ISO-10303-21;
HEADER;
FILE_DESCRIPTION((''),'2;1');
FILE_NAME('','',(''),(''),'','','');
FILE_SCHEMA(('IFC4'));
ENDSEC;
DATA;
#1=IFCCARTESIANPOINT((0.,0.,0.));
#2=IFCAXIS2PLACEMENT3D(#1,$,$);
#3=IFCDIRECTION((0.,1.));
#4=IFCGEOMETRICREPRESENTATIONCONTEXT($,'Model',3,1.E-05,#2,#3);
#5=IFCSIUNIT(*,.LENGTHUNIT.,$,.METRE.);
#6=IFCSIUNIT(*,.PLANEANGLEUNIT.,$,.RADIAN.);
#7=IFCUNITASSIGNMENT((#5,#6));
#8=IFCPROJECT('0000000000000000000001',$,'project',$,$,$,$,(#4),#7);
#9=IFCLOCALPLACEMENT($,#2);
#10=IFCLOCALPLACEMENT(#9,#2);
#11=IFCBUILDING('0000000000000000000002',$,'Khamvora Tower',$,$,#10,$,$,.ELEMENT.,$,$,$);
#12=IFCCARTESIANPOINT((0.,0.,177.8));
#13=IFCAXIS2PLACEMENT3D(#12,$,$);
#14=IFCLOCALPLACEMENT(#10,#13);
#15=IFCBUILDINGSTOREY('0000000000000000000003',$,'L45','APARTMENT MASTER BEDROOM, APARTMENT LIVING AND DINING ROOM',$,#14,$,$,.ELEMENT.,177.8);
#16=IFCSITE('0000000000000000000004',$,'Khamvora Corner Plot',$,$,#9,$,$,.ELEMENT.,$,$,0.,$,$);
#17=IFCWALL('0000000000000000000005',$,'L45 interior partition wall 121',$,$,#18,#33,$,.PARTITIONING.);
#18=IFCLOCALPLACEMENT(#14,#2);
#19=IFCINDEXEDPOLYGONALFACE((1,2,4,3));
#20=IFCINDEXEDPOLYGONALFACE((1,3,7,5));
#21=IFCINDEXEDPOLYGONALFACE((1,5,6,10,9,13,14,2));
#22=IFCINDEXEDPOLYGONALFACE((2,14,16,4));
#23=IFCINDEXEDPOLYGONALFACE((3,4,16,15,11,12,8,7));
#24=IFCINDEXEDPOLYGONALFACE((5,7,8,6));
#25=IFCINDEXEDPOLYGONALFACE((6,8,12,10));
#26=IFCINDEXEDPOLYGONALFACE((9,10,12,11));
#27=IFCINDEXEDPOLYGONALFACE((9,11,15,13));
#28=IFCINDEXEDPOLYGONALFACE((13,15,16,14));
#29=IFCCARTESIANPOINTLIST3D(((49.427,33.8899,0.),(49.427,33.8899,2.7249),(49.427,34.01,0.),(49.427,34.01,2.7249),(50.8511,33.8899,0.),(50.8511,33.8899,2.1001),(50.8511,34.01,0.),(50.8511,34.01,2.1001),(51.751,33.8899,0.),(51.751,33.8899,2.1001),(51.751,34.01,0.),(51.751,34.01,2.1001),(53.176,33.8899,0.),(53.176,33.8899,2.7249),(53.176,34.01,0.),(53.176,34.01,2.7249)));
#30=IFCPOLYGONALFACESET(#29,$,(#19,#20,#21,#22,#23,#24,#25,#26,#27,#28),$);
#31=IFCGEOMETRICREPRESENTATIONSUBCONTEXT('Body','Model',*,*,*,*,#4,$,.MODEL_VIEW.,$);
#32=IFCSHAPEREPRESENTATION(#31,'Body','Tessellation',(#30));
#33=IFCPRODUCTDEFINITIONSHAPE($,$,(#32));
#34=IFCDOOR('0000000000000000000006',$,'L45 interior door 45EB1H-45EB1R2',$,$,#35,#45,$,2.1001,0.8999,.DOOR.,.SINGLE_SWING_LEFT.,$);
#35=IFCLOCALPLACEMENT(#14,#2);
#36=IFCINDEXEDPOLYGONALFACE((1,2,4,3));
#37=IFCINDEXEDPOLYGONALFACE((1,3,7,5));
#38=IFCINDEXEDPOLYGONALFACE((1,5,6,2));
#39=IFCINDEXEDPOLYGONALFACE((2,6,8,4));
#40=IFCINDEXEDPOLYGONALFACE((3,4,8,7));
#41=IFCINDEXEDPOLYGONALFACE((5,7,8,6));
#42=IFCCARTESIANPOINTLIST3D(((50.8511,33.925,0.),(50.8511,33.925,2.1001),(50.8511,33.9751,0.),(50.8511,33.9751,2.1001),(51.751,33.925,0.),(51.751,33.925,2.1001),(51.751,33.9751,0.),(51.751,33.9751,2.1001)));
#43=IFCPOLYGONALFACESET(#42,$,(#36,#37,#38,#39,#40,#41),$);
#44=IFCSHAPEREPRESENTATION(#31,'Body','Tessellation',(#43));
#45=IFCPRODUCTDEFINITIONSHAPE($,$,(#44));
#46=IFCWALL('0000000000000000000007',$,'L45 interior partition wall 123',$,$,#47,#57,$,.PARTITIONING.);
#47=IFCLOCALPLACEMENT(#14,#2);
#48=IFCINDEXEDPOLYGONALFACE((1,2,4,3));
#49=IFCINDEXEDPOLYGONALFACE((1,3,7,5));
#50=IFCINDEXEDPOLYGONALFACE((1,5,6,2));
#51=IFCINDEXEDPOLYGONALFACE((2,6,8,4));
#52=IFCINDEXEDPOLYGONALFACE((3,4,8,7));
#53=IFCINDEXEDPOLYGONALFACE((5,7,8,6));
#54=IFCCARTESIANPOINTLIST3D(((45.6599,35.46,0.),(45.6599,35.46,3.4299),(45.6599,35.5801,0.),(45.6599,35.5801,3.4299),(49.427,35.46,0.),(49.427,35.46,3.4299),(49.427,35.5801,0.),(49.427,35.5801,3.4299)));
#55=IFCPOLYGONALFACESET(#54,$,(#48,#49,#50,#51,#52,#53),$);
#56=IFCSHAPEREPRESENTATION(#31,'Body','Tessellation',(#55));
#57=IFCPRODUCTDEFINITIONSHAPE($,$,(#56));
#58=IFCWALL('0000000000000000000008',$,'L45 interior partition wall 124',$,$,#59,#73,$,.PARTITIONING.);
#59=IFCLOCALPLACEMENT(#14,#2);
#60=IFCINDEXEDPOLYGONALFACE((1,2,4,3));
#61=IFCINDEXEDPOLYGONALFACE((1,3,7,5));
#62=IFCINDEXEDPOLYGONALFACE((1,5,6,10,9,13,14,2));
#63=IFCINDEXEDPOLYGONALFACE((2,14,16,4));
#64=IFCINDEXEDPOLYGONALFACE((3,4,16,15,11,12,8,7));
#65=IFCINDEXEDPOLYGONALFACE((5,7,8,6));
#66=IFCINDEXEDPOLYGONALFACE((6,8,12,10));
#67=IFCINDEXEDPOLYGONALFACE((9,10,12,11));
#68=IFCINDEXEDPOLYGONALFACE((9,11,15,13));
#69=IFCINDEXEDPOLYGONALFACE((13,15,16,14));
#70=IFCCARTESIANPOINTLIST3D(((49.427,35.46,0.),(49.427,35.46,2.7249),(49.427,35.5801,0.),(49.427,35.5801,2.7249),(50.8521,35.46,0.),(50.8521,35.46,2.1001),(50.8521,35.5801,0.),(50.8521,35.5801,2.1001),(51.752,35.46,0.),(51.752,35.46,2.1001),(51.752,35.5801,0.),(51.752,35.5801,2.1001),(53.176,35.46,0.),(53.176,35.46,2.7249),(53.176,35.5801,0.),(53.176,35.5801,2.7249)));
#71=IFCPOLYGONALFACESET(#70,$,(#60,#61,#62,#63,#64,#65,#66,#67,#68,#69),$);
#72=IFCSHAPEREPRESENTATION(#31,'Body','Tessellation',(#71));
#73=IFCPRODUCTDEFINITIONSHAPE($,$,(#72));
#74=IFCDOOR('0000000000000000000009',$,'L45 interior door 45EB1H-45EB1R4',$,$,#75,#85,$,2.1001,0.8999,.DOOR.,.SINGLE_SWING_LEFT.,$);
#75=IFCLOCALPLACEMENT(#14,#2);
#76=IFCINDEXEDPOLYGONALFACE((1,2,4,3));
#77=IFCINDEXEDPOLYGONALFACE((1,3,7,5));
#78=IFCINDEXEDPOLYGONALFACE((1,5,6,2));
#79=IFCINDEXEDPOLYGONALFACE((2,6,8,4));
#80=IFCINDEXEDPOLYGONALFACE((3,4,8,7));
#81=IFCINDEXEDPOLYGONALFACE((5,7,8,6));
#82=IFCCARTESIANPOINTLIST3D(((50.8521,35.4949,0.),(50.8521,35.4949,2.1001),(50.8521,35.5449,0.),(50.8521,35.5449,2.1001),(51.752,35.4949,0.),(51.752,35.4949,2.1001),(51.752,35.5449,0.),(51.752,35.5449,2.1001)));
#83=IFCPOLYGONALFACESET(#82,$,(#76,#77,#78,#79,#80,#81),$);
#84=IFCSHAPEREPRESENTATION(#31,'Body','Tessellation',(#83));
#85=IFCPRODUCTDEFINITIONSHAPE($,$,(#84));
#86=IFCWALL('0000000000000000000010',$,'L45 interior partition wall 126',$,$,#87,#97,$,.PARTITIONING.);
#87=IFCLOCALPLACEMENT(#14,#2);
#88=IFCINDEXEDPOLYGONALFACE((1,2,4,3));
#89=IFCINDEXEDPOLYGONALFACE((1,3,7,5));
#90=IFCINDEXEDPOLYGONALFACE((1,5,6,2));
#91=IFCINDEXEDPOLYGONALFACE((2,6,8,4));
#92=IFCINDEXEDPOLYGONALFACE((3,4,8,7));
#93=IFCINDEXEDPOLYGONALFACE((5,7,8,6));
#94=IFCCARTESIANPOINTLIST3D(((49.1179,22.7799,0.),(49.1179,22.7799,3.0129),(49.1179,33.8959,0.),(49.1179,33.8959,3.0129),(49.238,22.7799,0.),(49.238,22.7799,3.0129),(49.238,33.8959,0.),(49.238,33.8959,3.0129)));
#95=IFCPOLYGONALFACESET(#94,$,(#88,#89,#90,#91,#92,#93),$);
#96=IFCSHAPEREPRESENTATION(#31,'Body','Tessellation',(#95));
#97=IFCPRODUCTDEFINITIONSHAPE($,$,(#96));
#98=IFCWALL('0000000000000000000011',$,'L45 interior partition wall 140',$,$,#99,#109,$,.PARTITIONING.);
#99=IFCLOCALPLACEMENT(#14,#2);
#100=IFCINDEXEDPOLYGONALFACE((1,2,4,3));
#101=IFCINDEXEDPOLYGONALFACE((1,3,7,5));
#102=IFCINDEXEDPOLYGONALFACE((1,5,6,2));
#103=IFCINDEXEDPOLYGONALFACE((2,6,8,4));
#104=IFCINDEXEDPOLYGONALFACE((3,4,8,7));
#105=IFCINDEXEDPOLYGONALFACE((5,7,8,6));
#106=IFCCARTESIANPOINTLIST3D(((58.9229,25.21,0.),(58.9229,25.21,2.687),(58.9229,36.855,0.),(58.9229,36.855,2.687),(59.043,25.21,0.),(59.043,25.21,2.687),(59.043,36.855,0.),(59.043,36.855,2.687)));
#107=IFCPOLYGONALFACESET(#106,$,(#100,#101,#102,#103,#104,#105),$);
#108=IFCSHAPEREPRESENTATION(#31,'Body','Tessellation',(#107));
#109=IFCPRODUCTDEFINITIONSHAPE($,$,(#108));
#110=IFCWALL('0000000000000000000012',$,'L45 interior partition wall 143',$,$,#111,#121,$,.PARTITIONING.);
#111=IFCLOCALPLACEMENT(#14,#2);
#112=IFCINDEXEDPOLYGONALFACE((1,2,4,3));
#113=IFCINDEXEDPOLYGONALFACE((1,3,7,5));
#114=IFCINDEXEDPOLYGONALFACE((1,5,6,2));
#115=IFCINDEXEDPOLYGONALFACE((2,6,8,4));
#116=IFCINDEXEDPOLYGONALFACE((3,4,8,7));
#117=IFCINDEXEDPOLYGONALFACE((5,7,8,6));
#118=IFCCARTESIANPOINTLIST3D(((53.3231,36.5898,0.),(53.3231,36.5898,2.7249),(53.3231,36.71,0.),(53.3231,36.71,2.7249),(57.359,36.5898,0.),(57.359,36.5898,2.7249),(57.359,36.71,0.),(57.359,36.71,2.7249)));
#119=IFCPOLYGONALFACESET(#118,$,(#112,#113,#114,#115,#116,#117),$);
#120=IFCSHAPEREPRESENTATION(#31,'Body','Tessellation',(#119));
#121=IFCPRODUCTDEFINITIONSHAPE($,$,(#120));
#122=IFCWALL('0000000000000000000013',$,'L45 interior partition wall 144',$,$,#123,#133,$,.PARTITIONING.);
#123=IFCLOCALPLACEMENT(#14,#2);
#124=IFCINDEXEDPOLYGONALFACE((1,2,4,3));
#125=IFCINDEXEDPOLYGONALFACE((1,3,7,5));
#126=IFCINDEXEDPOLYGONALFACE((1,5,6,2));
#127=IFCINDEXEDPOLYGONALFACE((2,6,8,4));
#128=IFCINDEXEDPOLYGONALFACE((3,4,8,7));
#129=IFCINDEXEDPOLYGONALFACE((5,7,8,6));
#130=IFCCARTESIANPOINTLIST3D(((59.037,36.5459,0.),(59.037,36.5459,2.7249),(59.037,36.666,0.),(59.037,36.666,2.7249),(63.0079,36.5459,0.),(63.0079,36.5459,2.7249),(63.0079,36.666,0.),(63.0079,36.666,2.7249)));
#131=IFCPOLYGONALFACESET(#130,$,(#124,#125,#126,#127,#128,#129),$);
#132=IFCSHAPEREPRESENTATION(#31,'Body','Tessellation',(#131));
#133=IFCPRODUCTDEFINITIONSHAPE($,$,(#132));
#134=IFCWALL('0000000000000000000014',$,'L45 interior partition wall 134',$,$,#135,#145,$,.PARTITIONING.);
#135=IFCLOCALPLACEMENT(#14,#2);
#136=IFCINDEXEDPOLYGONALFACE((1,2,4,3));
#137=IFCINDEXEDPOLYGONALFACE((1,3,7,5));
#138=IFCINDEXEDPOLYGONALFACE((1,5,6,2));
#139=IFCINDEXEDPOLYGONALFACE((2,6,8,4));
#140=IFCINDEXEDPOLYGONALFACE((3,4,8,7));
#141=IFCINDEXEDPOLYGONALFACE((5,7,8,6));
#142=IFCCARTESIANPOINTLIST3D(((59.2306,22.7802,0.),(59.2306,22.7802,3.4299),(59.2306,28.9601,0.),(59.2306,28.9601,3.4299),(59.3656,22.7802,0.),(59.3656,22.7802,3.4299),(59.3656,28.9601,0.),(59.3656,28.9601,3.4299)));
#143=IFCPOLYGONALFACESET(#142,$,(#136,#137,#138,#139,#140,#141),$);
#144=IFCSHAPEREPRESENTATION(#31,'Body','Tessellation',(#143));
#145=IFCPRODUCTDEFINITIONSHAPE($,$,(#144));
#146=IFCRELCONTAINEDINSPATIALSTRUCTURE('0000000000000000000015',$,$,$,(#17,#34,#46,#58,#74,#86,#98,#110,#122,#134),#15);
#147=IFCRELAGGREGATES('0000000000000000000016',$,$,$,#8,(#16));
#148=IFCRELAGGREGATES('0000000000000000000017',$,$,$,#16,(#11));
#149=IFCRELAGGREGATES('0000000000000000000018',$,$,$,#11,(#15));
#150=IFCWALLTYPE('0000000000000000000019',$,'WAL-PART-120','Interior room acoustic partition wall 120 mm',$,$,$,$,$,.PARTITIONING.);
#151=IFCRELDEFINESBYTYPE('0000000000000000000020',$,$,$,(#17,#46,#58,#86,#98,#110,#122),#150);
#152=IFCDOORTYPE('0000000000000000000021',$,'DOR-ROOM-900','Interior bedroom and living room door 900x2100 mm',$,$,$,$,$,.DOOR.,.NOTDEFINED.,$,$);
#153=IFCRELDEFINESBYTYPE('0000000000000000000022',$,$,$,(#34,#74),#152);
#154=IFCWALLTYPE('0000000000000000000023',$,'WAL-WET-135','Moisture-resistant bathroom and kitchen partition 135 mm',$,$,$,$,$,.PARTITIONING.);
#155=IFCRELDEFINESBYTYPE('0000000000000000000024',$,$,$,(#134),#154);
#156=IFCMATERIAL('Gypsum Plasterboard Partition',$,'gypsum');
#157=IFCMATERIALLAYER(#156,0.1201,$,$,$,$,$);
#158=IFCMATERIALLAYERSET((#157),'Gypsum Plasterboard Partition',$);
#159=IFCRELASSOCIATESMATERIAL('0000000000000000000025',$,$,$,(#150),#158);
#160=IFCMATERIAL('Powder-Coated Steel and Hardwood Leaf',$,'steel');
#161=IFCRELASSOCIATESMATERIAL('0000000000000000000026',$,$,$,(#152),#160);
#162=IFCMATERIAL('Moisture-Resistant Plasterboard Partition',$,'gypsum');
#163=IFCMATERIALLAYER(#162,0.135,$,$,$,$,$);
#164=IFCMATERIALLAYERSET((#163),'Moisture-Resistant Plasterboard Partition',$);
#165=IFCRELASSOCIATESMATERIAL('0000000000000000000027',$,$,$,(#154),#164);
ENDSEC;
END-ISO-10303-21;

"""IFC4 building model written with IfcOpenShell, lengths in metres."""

from ifc_helpers import new_model, si_unit, direction, frame, frame_2d, origin, place, context, subcontext, project, spatial, rectangle, extrude, material, layer, layer_set, type_object, element, fill, save


model = new_model("IFC4")

# Units and contexts
model_context = context("Model", 3, precision=1e-05, world=origin(), true_north=direction((0.0, 1.0)))
body_context = subcontext(model_context, "Body", "Model", "MODEL_VIEW")
ifc_project = project(units=[si_unit("LENGTHUNIT", "METRE"), si_unit("PLANEANGLEUNIT", "RADIAN")], contexts=[model_context])

# Site, building, storey
site_placement = place(None, origin())
site = spatial("IfcSite", under=ifc_project, at=site_placement, Name="Khamvora Corner Plot", CompositionType="ELEMENT", RefElevation=0.0)
building_placement = place(site_placement, origin())
building = spatial("IfcBuilding", under=site, at=building_placement, Name="Khamvora Tower", CompositionType="ELEMENT")
storey_placement = place(building_placement, frame((0.0, 0.0, 177.8)))
storey = spatial("IfcBuildingStorey", under=building, at=storey_placement, Name="L45", Description="APARTMENT MASTER BEDROOM, APARTMENT LIVING AND DINING ROOM", CompositionType="ELEMENT", Elevation=177.8)

# Shared definitions
ifc_material_1 = material(Name="Gypsum Plasterboard Partition", Category="gypsum")
ifc_layer_1 = layer(ifc_material_1, 0.1201)
ifc_layer_set_1 = layer_set([ifc_layer_1], Name="Gypsum Plasterboard Partition")
wall_type_1 = type_object("IfcWallType", Name="WAL-PART-120", Description="Interior room acoustic partition wall 120 mm", PredefinedType="PARTITIONING", material=ifc_layer_set_1)

# Wall, opening, door
ifc_material_2 = material(Name="Powder-Coated Steel and Hardwood Leaf", Category="steel")
door_type = type_object("IfcDoorType", Name="DOR-ROOM-900", Description="Interior bedroom and living room door 900x2100 mm", OperationType="NOTDEFINED", PredefinedType="DOOR", material=ifc_material_2)
wall_1_placement = place(storey_placement, frame((53.176, 33.95, 0.0), z_axis=(0.0, 0.0, 1.0), x_axis=(-1.0, 0.0, 0.0)))
wall_1 = element("IfcWall", 1, at=wall_1_placement, inside=storey, type_object=wall_type_1, Name="L45 interior partition wall 121", PredefinedType="PARTITIONING", context=body_context, shape_type="SweptSolid", body=[
    extrude(rectangle(XDim=3.749, YDim=0.1201, at=frame_2d((1.8745, 0.0))), origin(), (0.0, 0.0, 1.0), 2.7249),
])
opening_1_placement = place(wall_1_placement, frame((1.425, 0.0, 0.0)))
opening_1 = element("IfcOpeningElement", 2, at=opening_1_placement, cuts=wall_1, PredefinedType="OPENING", context=body_context, shape_type="SweptSolid", body=[
    extrude(rectangle(XDim=0.8999, YDim=2.1001, at=frame_2d((0.45, 1.05))), frame((0.0, 0.0701, 0.0), z_axis=(0.0, -1.0, 0.0), x_axis=(1.0, 0.0, 0.0)), (0.0, 0.0, 1.0), 0.1401),
])
door_1_placement = place(opening_1_placement, origin())
door_1 = element("IfcDoor", 3, at=door_1_placement, inside=storey, type_object=door_type, Name="L45 interior door 45EB1H-45EB1R2", OperationType="SINGLE_SWING_LEFT", OverallHeight=2.1001, OverallWidth=0.8999, PredefinedType="DOOR", context=body_context, shape_type="SweptSolid", body=[
    extrude(rectangle(XDim=0.8999, YDim=2.1001, at=frame_2d((0.45, 1.05))), frame((0.0, 0.0249, 0.0), z_axis=(0.0, -1.0, 0.0), x_axis=(1.0, 0.0, 0.0)), (0.0, 0.0, 1.0), 0.05),
])
fill(opening_1, door_1)

# Wall
wall_2_placement = place(storey_placement, frame((45.6599, 35.52, 0.0), z_axis=(0.0, 0.0, 1.0), x_axis=(1.0, 0.0, 0.0)))
element("IfcWall", 4, at=wall_2_placement, inside=storey, type_object=wall_type_1, Name="L45 interior partition wall 123", PredefinedType="PARTITIONING", context=body_context, shape_type="SweptSolid", body=[
    extrude(rectangle(XDim=3.7671, YDim=0.1201, at=frame_2d((1.8835, 0.0))), origin(), (0.0, 0.0, 1.0), 3.4299),
])

# Wall, opening, door
wall_3_placement = place(storey_placement, frame((49.427, 35.52, 0.0), z_axis=(0.0, 0.0, 1.0), x_axis=(1.0, 0.0, 0.0)))
wall_3 = element("IfcWall", 5, at=wall_3_placement, inside=storey, type_object=wall_type_1, Name="L45 interior partition wall 124", PredefinedType="PARTITIONING", context=body_context, shape_type="SweptSolid", body=[
    extrude(rectangle(XDim=3.749, YDim=0.1201, at=frame_2d((1.8745, 0.0))), origin(), (0.0, 0.0, 1.0), 2.7249),
])
opening_2_placement = place(wall_3_placement, frame((1.425, 0.0, 0.0)))
opening_2 = element("IfcOpeningElement", 6, at=opening_2_placement, cuts=wall_3, PredefinedType="OPENING", context=body_context, shape_type="SweptSolid", body=[
    extrude(rectangle(XDim=0.8999, YDim=2.1001, at=frame_2d((0.45, 1.05))), frame((0.0, 0.0701, 0.0), z_axis=(0.0, -1.0, 0.0), x_axis=(1.0, 0.0, 0.0)), (0.0, 0.0, 1.0), 0.1401),
])
door_2_placement = place(opening_2_placement, origin())
door_2 = element("IfcDoor", 7, at=door_2_placement, inside=storey, type_object=door_type, Name="L45 interior door 45EB1H-45EB1R4", OperationType="SINGLE_SWING_LEFT", OverallHeight=2.1001, OverallWidth=0.8999, PredefinedType="DOOR", context=body_context, shape_type="SweptSolid", body=[
    extrude(rectangle(XDim=0.8999, YDim=2.1001, at=frame_2d((0.45, 1.05))), frame((0.0, 0.0249, 0.0), z_axis=(0.0, -1.0, 0.0), x_axis=(1.0, 0.0, 0.0)), (0.0, 0.0, 1.0), 0.05),
])
fill(opening_2, door_2)

# Walls
wall_4_placement = place(storey_placement, frame((49.178, 33.896, 0.0), z_axis=(0.0, 0.0, 1.0), x_axis=(0.0, -1.0, 0.0)))
element("IfcWall", 8, at=wall_4_placement, inside=storey, type_object=wall_type_1, Name="L45 interior partition wall 126", PredefinedType="PARTITIONING", context=body_context, shape_type="SweptSolid", body=[
    extrude(rectangle(XDim=11.116, YDim=0.1201, at=frame_2d((5.5581, 0.0))), origin(), (0.0, 0.0, 1.0), 3.0129),
])
wall_5_placement = place(storey_placement, frame((58.9829, 36.855, 0.0), z_axis=(0.0, 0.0, 1.0), x_axis=(0.0, -1.0, 0.0)))
element("IfcWall", 9, at=wall_5_placement, inside=storey, type_object=wall_type_1, Name="L45 interior partition wall 140", PredefinedType="PARTITIONING", context=body_context, shape_type="SweptSolid", body=[
    extrude(rectangle(XDim=11.645, YDim=0.1201, at=frame_2d((5.8225, 0.0))), origin(), (0.0, 0.0, 1.0), 2.687),
])
wall_6_placement = place(storey_placement, frame((53.323, 36.6499, 0.0), z_axis=(0.0, 0.0, 1.0), x_axis=(1.0, 0.0, 0.0)))
element("IfcWall", 10, at=wall_6_placement, inside=storey, type_object=wall_type_1, Name="L45 interior partition wall 143", PredefinedType="PARTITIONING", context=body_context, shape_type="SweptSolid", body=[
    extrude(rectangle(XDim=4.0359, YDim=0.1201, at=frame_2d((2.0181, 0.0))), origin(), (0.0, 0.0, 1.0), 2.7249),
])
wall_7_placement = place(storey_placement, frame((59.0371, 36.606, 0.0), z_axis=(0.0, 0.0, 1.0), x_axis=(1.0, 0.0, 0.0)))
element("IfcWall", 11, at=wall_7_placement, inside=storey, type_object=wall_type_1, Name="L45 interior partition wall 144", PredefinedType="PARTITIONING", context=body_context, shape_type="SweptSolid", body=[
    extrude(rectangle(XDim=3.9709, YDim=0.1201, at=frame_2d((1.9854, 0.0))), origin(), (0.0, 0.0, 1.0), 2.7249),
])
ifc_material_3 = material(Name="Moisture-Resistant Plasterboard Partition", Category="gypsum")
ifc_layer_2 = layer(ifc_material_3, 0.135)
ifc_layer_set_2 = layer_set([ifc_layer_2], Name="Moisture-Resistant Plasterboard Partition")
wall_type_2 = type_object("IfcWallType", Name="WAL-WET-135", Description="Moisture-resistant bathroom and kitchen partition 135 mm", PredefinedType="PARTITIONING", material=ifc_layer_set_2)
wall_8_placement = place(storey_placement, frame((59.2981, 28.96, 0.0), z_axis=(0.0, 0.0, 1.0), x_axis=(0.0, -1.0, 0.0)))
element("IfcWall", 12, at=wall_8_placement, inside=storey, type_object=wall_type_2, Name="L45 interior partition wall 134", PredefinedType="PARTITIONING", context=body_context, shape_type="SweptSolid", body=[
    extrude(rectangle(XDim=6.1799, YDim=0.135, at=frame_2d((3.0898, 0.0))), origin(), (0.0, 0.0, 1.0), 3.4299),
])

save(model, "model.ifc")
